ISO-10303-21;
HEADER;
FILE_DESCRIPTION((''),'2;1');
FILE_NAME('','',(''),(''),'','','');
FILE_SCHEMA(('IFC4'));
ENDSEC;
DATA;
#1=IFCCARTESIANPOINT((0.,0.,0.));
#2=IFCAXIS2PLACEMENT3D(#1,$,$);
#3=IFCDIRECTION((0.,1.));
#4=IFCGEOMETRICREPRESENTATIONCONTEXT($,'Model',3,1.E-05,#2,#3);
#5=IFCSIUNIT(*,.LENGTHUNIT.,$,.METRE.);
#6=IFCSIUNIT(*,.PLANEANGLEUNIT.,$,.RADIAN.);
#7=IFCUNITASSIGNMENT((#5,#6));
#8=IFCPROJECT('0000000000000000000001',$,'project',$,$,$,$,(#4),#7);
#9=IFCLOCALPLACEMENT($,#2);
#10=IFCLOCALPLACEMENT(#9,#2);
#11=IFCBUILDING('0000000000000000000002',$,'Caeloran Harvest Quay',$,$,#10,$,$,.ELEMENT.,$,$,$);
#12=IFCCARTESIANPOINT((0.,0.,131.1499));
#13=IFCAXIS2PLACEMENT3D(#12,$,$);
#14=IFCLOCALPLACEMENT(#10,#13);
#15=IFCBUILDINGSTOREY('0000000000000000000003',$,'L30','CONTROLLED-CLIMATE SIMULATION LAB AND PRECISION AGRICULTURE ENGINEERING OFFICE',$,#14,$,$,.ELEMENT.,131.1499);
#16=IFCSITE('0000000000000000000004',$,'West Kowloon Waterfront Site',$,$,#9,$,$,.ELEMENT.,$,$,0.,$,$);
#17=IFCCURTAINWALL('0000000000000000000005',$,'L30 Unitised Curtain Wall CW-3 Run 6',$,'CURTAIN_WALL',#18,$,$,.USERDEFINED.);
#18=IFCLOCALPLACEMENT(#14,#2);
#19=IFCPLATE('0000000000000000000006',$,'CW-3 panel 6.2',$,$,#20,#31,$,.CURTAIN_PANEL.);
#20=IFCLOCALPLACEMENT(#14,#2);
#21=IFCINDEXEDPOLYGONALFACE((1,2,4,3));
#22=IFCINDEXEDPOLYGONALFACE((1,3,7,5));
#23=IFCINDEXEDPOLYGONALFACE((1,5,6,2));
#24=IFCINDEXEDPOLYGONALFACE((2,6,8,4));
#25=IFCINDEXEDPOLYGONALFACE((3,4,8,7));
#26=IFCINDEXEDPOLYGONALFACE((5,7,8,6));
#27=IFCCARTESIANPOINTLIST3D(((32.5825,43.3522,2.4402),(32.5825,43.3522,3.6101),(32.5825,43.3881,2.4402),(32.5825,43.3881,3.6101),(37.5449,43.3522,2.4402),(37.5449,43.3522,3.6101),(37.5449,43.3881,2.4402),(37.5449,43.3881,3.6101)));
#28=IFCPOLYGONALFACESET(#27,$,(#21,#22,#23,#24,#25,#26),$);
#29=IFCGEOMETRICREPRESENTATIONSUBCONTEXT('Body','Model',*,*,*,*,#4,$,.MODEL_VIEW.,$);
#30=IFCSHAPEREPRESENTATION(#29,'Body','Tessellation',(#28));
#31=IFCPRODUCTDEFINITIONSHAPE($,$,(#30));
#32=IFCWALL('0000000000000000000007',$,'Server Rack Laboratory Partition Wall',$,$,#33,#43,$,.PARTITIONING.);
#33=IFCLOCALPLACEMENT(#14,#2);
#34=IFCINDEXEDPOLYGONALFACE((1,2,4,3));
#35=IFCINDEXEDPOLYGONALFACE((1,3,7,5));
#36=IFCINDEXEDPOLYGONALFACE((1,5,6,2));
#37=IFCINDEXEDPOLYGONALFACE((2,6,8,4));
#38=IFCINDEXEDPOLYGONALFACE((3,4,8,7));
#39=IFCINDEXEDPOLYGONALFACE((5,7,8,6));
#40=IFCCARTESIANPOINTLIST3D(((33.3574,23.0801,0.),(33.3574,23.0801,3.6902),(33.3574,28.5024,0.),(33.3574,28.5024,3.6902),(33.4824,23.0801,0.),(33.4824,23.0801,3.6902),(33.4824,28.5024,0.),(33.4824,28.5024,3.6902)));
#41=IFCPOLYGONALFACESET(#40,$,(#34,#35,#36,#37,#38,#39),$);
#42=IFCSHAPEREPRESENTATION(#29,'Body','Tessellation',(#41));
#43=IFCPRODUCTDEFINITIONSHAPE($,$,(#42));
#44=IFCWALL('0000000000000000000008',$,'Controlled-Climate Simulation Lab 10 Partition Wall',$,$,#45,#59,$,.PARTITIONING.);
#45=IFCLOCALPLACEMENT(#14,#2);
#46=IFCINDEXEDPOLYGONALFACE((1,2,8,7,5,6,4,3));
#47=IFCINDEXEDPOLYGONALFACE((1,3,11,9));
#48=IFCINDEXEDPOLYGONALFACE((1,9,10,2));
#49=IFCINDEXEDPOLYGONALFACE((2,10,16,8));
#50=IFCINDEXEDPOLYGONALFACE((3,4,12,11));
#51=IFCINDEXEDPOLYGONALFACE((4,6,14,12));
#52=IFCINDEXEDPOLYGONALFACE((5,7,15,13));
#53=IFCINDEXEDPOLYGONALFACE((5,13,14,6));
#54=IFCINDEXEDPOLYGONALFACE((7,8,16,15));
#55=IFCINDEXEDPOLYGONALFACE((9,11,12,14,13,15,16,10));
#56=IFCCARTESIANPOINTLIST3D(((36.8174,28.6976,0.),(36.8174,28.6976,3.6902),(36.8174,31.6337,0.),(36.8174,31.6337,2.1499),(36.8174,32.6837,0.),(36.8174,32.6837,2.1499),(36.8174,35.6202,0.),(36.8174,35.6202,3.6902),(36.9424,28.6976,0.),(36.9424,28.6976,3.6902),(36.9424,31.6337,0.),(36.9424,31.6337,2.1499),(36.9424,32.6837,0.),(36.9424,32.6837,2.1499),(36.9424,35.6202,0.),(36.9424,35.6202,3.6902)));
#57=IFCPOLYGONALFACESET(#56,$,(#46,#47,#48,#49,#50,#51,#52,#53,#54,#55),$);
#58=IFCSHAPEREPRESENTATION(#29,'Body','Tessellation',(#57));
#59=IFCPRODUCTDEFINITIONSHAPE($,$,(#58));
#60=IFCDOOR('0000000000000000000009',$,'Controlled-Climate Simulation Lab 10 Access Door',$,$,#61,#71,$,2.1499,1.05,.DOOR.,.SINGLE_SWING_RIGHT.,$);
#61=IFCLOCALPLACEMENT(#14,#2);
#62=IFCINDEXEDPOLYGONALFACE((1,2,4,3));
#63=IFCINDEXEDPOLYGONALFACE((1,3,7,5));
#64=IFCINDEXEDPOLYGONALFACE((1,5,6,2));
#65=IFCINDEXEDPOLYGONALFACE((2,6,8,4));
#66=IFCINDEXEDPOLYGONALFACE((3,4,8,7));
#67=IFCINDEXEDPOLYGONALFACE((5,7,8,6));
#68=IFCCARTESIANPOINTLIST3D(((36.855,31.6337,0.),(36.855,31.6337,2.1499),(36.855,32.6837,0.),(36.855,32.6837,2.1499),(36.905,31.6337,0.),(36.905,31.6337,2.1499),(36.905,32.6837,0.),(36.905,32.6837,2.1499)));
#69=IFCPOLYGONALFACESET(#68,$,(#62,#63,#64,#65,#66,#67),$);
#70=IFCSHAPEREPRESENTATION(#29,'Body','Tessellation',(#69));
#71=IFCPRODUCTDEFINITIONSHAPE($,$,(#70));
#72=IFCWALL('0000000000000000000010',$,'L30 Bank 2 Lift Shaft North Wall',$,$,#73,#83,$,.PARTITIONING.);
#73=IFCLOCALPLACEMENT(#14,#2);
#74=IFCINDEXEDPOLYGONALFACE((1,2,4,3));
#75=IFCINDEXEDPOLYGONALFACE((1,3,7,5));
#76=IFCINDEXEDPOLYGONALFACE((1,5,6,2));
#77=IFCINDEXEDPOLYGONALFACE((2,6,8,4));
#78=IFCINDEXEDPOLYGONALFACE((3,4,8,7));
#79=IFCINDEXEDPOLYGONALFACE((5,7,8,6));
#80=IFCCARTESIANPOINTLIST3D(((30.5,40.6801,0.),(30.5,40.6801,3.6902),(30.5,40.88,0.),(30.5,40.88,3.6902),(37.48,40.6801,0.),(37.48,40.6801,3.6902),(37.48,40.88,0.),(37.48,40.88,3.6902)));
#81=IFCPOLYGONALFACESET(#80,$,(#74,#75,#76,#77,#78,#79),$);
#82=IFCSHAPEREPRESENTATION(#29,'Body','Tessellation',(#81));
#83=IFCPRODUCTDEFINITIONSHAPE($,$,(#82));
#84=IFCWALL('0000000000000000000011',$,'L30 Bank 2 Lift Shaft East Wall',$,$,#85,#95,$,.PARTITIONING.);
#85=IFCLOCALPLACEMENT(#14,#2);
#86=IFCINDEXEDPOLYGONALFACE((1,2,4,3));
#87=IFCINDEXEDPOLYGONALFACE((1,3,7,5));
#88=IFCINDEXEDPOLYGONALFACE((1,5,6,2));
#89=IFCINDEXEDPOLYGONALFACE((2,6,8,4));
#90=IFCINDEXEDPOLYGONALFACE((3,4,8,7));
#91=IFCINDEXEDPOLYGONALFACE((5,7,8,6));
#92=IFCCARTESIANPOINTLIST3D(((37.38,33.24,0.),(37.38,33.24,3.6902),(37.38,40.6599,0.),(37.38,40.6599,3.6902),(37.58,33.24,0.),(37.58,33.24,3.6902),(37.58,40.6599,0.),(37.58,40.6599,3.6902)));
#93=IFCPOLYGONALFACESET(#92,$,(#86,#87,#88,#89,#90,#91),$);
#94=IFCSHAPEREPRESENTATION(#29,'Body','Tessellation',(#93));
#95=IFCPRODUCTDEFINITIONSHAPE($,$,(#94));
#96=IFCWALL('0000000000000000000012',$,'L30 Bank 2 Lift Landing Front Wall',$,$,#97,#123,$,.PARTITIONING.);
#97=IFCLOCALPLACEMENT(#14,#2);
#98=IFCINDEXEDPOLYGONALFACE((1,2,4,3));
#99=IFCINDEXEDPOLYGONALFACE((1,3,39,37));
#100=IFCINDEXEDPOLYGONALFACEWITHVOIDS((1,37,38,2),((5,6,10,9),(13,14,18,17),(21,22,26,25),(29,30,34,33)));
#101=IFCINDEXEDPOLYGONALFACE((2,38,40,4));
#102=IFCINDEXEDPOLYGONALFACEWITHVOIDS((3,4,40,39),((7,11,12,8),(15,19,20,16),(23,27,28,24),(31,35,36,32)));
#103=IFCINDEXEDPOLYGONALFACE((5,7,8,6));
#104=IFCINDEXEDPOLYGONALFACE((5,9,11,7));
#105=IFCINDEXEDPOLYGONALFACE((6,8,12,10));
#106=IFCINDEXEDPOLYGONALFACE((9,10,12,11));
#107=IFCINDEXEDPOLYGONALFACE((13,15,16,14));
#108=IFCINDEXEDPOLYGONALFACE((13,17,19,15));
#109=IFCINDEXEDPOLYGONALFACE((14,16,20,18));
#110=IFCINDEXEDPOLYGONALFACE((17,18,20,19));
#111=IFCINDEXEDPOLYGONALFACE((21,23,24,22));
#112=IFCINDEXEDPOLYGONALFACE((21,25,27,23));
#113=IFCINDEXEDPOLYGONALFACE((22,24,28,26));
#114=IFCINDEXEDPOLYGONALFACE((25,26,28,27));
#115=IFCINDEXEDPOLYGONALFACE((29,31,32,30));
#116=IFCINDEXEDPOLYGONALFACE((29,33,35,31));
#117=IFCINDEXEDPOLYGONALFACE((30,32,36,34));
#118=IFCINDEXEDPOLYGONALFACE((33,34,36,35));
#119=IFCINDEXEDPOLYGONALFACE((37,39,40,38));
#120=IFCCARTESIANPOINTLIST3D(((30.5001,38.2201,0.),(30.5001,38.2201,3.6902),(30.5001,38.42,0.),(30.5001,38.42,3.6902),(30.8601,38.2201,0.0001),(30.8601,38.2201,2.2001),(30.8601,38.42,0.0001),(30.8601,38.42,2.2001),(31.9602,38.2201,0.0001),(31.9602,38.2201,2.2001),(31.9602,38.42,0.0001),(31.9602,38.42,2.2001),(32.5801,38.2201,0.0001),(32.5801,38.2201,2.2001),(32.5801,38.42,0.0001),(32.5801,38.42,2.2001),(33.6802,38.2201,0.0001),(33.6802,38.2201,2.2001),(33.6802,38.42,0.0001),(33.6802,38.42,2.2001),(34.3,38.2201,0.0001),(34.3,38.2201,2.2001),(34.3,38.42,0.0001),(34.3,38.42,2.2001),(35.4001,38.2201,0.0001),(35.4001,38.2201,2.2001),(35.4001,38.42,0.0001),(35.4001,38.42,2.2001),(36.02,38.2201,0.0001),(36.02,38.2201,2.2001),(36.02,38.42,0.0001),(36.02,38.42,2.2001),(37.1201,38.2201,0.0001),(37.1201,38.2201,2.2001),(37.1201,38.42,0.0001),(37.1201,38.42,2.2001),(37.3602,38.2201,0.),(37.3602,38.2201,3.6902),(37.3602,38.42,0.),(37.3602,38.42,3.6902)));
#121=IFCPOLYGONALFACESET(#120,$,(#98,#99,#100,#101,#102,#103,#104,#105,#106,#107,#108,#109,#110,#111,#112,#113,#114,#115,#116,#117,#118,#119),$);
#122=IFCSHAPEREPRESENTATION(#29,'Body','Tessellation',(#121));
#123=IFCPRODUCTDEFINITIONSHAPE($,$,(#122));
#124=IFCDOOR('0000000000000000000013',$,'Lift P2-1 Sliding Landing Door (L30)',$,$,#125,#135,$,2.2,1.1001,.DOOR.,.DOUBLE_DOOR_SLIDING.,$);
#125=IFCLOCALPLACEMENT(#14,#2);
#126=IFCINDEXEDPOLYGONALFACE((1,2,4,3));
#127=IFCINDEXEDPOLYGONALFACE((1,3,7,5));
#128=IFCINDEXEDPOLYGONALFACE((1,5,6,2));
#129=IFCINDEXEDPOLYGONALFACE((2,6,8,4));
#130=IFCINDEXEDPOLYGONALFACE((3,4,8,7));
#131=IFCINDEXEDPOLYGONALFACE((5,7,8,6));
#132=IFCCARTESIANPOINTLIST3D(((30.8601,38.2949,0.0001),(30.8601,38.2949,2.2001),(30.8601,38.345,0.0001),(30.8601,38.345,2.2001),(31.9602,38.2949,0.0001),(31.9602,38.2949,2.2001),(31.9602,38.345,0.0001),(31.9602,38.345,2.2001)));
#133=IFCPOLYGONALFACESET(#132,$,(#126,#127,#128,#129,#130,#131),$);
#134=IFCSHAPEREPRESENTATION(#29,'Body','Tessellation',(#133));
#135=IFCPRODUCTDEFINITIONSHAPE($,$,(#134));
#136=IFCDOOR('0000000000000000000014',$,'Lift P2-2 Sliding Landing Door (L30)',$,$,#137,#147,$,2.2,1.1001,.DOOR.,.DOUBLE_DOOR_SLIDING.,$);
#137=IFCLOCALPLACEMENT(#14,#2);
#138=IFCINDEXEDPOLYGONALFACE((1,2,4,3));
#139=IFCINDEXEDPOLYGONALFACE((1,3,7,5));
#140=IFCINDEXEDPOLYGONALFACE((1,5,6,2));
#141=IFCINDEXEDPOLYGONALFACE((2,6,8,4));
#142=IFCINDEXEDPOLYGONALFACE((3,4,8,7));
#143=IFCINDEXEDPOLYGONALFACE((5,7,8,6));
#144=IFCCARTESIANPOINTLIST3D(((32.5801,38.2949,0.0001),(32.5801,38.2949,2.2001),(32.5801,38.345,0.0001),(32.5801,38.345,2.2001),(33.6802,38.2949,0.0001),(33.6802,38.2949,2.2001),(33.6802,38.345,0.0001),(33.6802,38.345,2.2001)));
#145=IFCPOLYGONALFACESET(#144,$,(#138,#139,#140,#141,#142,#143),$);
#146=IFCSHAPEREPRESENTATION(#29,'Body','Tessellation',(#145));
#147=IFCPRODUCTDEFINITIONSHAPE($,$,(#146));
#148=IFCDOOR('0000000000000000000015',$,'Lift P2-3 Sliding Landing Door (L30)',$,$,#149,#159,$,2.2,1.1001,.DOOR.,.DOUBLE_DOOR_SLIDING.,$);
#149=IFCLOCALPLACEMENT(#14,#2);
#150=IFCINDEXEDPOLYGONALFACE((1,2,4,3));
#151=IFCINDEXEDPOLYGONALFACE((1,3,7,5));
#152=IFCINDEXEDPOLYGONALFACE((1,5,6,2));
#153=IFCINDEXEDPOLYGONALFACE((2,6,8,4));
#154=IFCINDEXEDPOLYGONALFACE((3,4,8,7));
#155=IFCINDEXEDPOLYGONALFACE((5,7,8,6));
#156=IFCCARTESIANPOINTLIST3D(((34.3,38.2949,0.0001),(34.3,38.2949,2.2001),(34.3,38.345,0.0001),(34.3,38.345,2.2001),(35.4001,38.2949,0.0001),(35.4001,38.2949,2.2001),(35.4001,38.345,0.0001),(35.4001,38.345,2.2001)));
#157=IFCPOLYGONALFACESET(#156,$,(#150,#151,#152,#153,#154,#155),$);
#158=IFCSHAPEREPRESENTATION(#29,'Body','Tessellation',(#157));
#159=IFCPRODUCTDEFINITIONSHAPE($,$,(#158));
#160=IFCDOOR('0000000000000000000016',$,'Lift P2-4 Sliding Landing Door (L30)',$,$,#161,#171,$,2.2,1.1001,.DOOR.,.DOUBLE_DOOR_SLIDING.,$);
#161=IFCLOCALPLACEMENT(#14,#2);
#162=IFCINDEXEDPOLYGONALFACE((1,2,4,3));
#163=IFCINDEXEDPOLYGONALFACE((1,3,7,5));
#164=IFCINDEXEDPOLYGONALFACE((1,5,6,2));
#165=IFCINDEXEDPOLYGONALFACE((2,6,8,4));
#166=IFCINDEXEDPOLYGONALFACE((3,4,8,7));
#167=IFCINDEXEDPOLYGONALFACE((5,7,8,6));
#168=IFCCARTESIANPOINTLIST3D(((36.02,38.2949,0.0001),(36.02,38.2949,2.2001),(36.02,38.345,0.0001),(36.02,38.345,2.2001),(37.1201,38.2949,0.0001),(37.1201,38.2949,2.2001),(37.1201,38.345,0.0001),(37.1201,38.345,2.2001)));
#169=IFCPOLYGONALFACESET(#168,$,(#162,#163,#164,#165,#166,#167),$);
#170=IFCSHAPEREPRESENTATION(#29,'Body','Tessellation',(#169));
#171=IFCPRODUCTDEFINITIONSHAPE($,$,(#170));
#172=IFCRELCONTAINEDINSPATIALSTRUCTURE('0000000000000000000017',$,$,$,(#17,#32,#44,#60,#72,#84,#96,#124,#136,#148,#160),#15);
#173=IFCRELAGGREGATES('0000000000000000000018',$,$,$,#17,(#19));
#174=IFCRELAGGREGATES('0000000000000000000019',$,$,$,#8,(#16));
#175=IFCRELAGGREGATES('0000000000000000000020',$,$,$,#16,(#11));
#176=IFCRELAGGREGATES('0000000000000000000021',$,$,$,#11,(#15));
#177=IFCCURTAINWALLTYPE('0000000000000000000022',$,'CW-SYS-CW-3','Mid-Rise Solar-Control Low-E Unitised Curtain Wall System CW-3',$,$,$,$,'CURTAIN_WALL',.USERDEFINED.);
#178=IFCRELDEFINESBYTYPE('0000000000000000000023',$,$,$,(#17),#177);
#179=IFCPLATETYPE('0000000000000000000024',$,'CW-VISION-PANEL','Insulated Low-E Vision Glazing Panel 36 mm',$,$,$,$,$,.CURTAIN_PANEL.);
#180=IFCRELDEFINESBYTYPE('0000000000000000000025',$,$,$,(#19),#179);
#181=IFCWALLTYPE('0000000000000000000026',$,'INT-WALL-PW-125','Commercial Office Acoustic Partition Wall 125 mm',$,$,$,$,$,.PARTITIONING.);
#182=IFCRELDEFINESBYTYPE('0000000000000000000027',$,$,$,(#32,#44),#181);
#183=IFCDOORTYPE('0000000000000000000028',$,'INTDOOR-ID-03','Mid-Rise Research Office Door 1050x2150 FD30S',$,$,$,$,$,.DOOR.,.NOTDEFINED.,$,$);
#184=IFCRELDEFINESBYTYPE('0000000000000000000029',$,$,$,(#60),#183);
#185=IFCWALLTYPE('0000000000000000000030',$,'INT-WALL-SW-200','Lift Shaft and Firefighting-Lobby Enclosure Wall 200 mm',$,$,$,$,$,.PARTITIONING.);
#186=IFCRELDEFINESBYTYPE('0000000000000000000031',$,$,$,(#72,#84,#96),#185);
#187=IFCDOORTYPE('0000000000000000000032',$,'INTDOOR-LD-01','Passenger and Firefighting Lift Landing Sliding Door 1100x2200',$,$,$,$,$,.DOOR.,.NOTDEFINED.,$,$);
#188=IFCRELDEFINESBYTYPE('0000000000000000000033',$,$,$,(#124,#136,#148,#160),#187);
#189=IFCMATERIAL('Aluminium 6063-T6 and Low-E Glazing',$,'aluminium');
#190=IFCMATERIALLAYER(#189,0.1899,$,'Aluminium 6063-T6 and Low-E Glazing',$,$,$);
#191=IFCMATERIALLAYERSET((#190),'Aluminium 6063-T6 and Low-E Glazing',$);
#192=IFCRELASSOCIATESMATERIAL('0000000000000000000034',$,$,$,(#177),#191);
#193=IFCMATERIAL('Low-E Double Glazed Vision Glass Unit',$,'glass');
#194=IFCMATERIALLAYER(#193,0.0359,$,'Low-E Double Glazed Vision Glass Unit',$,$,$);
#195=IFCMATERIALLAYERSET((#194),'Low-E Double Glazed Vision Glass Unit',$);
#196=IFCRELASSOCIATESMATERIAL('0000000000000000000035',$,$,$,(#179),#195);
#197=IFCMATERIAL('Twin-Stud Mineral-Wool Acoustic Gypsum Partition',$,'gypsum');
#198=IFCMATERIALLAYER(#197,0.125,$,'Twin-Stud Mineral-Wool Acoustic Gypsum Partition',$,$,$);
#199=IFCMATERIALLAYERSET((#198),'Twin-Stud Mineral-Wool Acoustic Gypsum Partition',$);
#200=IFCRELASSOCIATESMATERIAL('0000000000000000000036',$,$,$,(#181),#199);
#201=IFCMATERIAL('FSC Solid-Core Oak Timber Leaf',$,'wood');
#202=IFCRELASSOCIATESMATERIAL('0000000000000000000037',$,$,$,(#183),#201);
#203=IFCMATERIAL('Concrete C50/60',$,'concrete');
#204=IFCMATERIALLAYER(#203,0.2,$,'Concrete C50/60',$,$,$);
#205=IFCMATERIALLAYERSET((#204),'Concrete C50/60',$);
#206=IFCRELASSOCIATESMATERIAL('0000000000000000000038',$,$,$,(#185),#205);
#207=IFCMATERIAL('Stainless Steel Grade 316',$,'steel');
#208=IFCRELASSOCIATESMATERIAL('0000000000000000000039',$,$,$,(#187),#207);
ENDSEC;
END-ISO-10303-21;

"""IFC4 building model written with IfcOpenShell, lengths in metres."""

from ifc_helpers import new_model, si_unit, direction, frame, frame_2d, origin, origin_2d, place, context, subcontext, project, spatial, rectangle, extrude, material, layer, layer_set, type_object, element, fill, aggregate, save


model = new_model("IFC4")

# Units and contexts
model_context = context("Model", 3, precision=1e-05, world=origin(), true_north=direction((0.0, 1.0)))
body_context = subcontext(model_context, "Body", "Model", "MODEL_VIEW")
ifc_project = project(units=[si_unit("LENGTHUNIT", "METRE"), si_unit("PLANEANGLEUNIT", "RADIAN")], contexts=[model_context])

# Site, building, storey
site_placement = place(None, origin())
site = spatial("IfcSite", under=ifc_project, at=site_placement, Name="West Kowloon Waterfront Site", CompositionType="ELEMENT", RefElevation=0.0)
building_placement = place(site_placement, origin())
building = spatial("IfcBuilding", under=site, at=building_placement, Name="Caeloran Harvest Quay", CompositionType="ELEMENT")
storey_placement = place(building_placement, frame((0.0, 0.0, 131.1499)))
storey = spatial("IfcBuildingStorey", under=building, at=storey_placement, Name="L30", Description="CONTROLLED-CLIMATE SIMULATION LAB AND PRECISION AGRICULTURE ENGINEERING OFFICE", CompositionType="ELEMENT", Elevation=131.1499)

# Curtain wall, plate
ifc_material_1 = material(Name="Aluminium 6063-T6 and Low-E Glazing", Category="aluminium")
ifc_layer_1 = layer(ifc_material_1, 0.1899, Name="Aluminium 6063-T6 and Low-E Glazing")
ifc_layer_set_1 = layer_set([ifc_layer_1], Name="Aluminium 6063-T6 and Low-E Glazing")
curtain_wall_type = type_object("IfcCurtainWallType", Name="CW-SYS-CW-3", Description="Mid-Rise Solar-Control Low-E Unitised Curtain Wall System CW-3", ElementType="CURTAIN_WALL", PredefinedType="USERDEFINED", material=ifc_layer_set_1)
curtain_wall_placement = place(storey_placement, origin())
curtain_wall = element("IfcCurtainWall", 1, at=curtain_wall_placement, inside=storey, type_object=curtain_wall_type, Name="L30 Unitised Curtain Wall CW-3 Run 6", ObjectType="CURTAIN_WALL", PredefinedType="USERDEFINED")
ifc_material_2 = material(Name="Low-E Double Glazed Vision Glass Unit", Category="glass")
ifc_layer_2 = layer(ifc_material_2, 0.0359, Name="Low-E Double Glazed Vision Glass Unit")
ifc_layer_set_2 = layer_set([ifc_layer_2], Name="Low-E Double Glazed Vision Glass Unit")
plate_type = type_object("IfcPlateType", Name="CW-VISION-PANEL", Description="Insulated Low-E Vision Glazing Panel 36 mm", PredefinedType="CURTAIN_PANEL", material=ifc_layer_set_2)
plate_1_placement = place(storey_placement, frame((35.0637, 43.3701, 2.4402), z_axis=(0.0, 0.0, 1.0), x_axis=(1.0, 0.0, 0.0)))
plate_1 = element("IfcPlate", 2, at=plate_1_placement, type_object=plate_type, Name="CW-3 panel 6.2", PredefinedType="CURTAIN_PANEL", context=body_context, shape_type="SweptSolid", body=[
    extrude(rectangle(XDim=4.9624, YDim=0.0359, at=origin_2d()), origin(), (0.0, 0.0, 1.0), 1.1699),
])
aggregate(curtain_wall, [plate_1])

# Wall
ifc_material_3 = material(Name="Twin-Stud Mineral-Wool Acoustic Gypsum Partition", Category="gypsum")
ifc_layer_3 = layer(ifc_material_3, 0.125, Name="Twin-Stud Mineral-Wool Acoustic Gypsum Partition")
ifc_layer_set_3 = layer_set([ifc_layer_3], Name="Twin-Stud Mineral-Wool Acoustic Gypsum Partition")
wall_type_1 = type_object("IfcWallType", Name="INT-WALL-PW-125", Description="Commercial Office Acoustic Partition Wall 125 mm", PredefinedType="PARTITIONING", material=ifc_layer_set_3)
wall_1_placement = place(storey_placement, frame((33.4199, 28.5024, 0.0), z_axis=(0.0, 0.0, 1.0), x_axis=(0.0, -1.0, 0.0)))
element("IfcWall", 3, at=wall_1_placement, inside=storey, type_object=wall_type_1, Name="Server Rack Laboratory Partition Wall", PredefinedType="PARTITIONING", context=body_context, shape_type="SweptSolid", body=[
    extrude(rectangle(XDim=5.4224, YDim=0.125, at=frame_2d((2.7112, 0.0))), origin(), (0.0, 0.0, 1.0), 3.6902),
])

# Wall, opening, door
wall_2_placement = place(storey_placement, frame((36.8799, 28.6975, 0.0), z_axis=(0.0, 0.0, 1.0), x_axis=(0.0, 1.0, 0.0)))
wall_2 = element("IfcWall", 4, at=wall_2_placement, inside=storey, type_object=wall_type_1, Name="Controlled-Climate Simulation Lab 10 Partition Wall", PredefinedType="PARTITIONING", context=body_context, shape_type="SweptSolid", body=[
    extrude(rectangle(XDim=6.9226, YDim=0.125, at=frame_2d((3.4614, 0.0))), origin(), (0.0, 0.0, 1.0), 3.6902),
])
opening_1_placement = place(wall_2_placement, frame((2.9363, 0.0, 0.0)))
opening_1 = element("IfcOpeningElement", 5, at=opening_1_placement, cuts=wall_2, PredefinedType="OPENING", context=body_context, shape_type="SweptSolid", body=[
    extrude(rectangle(XDim=1.05, YDim=2.1499, at=frame_2d((0.5249, 1.075))), frame((0.0, 0.0725, 0.0), z_axis=(0.0, -1.0, 0.0), x_axis=(1.0, 0.0, 0.0)), (0.0, 0.0, 1.0), 0.145),
])
ifc_material_4 = material(Name="FSC Solid-Core Oak Timber Leaf", Category="wood")
door_type_1 = type_object("IfcDoorType", Name="INTDOOR-ID-03", Description="Mid-Rise Research Office Door 1050x2150 FD30S", OperationType="NOTDEFINED", PredefinedType="DOOR", material=ifc_material_4)
door_1_placement = place(opening_1_placement, origin())
door_1 = element("IfcDoor", 6, at=door_1_placement, inside=storey, type_object=door_type_1, Name="Controlled-Climate Simulation Lab 10 Access Door", OperationType="SINGLE_SWING_RIGHT", OverallHeight=2.1499, OverallWidth=1.05, PredefinedType="DOOR", context=body_context, shape_type="SweptSolid", body=[
    extrude(rectangle(XDim=1.05, YDim=2.1499, at=frame_2d((0.5249, 1.075))), frame((0.0, 0.0249, 0.0), z_axis=(0.0, -1.0, 0.0), x_axis=(1.0, 0.0, 0.0)), (0.0, 0.0, 1.0), 0.05),
])
fill(opening_1, door_1)

# Walls
ifc_material_5 = material(Name="Concrete C50/60", Category="concrete")
ifc_layer_4 = layer(ifc_material_5, 0.2, Name="Concrete C50/60")
ifc_layer_set_4 = layer_set([ifc_layer_4], Name="Concrete C50/60")
wall_type_2 = type_object("IfcWallType", Name="INT-WALL-SW-200", Description="Lift Shaft and Firefighting-Lobby Enclosure Wall 200 mm", PredefinedType="PARTITIONING", material=ifc_layer_set_4)
wall_3_placement = place(storey_placement, frame((30.5, 40.78, 0.0), z_axis=(0.0, 0.0, 1.0), x_axis=(1.0, 0.0, 0.0)))
element("IfcWall", 7, at=wall_3_placement, inside=storey, type_object=wall_type_2, Name="L30 Bank 2 Lift Shaft North Wall", PredefinedType="PARTITIONING", context=body_context, shape_type="SweptSolid", body=[
    extrude(rectangle(XDim=6.98, YDim=0.2, at=frame_2d((3.49, 0.0))), origin(), (0.0, 0.0, 1.0), 3.6902),
])
wall_4_placement = place(storey_placement, frame((37.48, 33.24, 0.0), z_axis=(0.0, 0.0, 1.0), x_axis=(0.0, 1.0, 0.0)))
element("IfcWall", 8, at=wall_4_placement, inside=storey, type_object=wall_type_2, Name="L30 Bank 2 Lift Shaft East Wall", PredefinedType="PARTITIONING", context=body_context, shape_type="SweptSolid", body=[
    extrude(rectangle(XDim=7.4199, YDim=0.2, at=frame_2d((3.71, 0.0))), origin(), (0.0, 0.0, 1.0), 3.6902),
])

# Wall, openings, doors
wall_5_placement = place(storey_placement, frame((30.5, 38.3201, 0.0), z_axis=(0.0, 0.0, 1.0), x_axis=(1.0, 0.0, 0.0)))
wall_5 = element("IfcWall", 9, at=wall_5_placement, inside=storey, type_object=wall_type_2, Name="L30 Bank 2 Lift Landing Front Wall", PredefinedType="PARTITIONING", context=body_context, shape_type="SweptSolid", body=[
    extrude(rectangle(XDim=6.8601, YDim=0.2, at=frame_2d((3.4302, 0.0))), origin(), (0.0, 0.0, 1.0), 3.6902),
])
opening_2_placement = place(wall_5_placement, frame((0.3601, 0.0, 0.0)))
opening_2 = element("IfcOpeningElement", 10, at=opening_2_placement, cuts=wall_5, PredefinedType="OPENING", context=body_context, shape_type="SweptSolid", body=[
    extrude(rectangle(XDim=1.1001, YDim=2.2, at=frame_2d((0.55, 1.1001))), frame((0.0, 0.1099, 0.0), z_axis=(0.0, -1.0, 0.0), x_axis=(1.0, 0.0, 0.0)), (0.0, 0.0, 1.0), 0.22),
])
opening_3_placement = place(wall_5_placement, frame((2.0801, 0.0, 0.0)))
opening_3 = element("IfcOpeningElement", 11, at=opening_3_placement, cuts=wall_5, PredefinedType="OPENING", context=body_context, shape_type="SweptSolid", body=[
    extrude(rectangle(XDim=1.1001, YDim=2.2, at=frame_2d((0.55, 1.1001))), frame((0.0, 0.1099, 0.0), z_axis=(0.0, -1.0, 0.0), x_axis=(1.0, 0.0, 0.0)), (0.0, 0.0, 1.0), 0.22),
])
opening_4_placement = place(wall_5_placement, frame((3.8, 0.0, 0.0)))
opening_4 = element("IfcOpeningElement", 12, at=opening_4_placement, cuts=wall_5, PredefinedType="OPENING", context=body_context, shape_type="SweptSolid", body=[
    extrude(rectangle(XDim=1.1001, YDim=2.2, at=frame_2d((0.55, 1.1001))), frame((0.0, 0.1099, 0.0), z_axis=(0.0, -1.0, 0.0), x_axis=(1.0, 0.0, 0.0)), (0.0, 0.0, 1.0), 0.22),
])
opening_5_placement = place(wall_5_placement, frame((5.52, 0.0, 0.0)))
opening_5 = element("IfcOpeningElement", 13, at=opening_5_placement, cuts=wall_5, PredefinedType="OPENING", context=body_context, shape_type="SweptSolid", body=[
    extrude(rectangle(XDim=1.1001, YDim=2.2, at=frame_2d((0.55, 1.1001))), frame((0.0, 0.1099, 0.0), z_axis=(0.0, -1.0, 0.0), x_axis=(1.0, 0.0, 0.0)), (0.0, 0.0, 1.0), 0.22),
])
ifc_material_6 = material(Name="Stainless Steel Grade 316", Category="steel")
door_type_2 = type_object("IfcDoorType", Name="INTDOOR-LD-01", Description="Passenger and Firefighting Lift Landing Sliding Door 1100x2200", OperationType="NOTDEFINED", PredefinedType="DOOR", material=ifc_material_6)
door_2_placement = place(opening_2_placement, origin())
door_2 = element("IfcDoor", 14, at=door_2_placement, inside=storey, type_object=door_type_2, Name="Lift P2-1 Sliding Landing Door (L30)", OperationType="DOUBLE_DOOR_SLIDING", OverallHeight=2.2, OverallWidth=1.1001, PredefinedType="DOOR", context=body_context, shape_type="SweptSolid", body=[
    extrude(rectangle(XDim=1.1001, YDim=2.2, at=frame_2d((0.55, 1.1001))), frame((0.0, 0.0249, 0.0), z_axis=(0.0, -1.0, 0.0), x_axis=(1.0, 0.0, 0.0)), (0.0, 0.0, 1.0), 0.05),
])
fill(opening_2, door_2)
door_3_placement = place(opening_3_placement, origin())
door_3 = element("IfcDoor", 15, at=door_3_placement, inside=storey, type_object=door_type_2, Name="Lift P2-2 Sliding Landing Door (L30)", OperationType="DOUBLE_DOOR_SLIDING", OverallHeight=2.2, OverallWidth=1.1001, PredefinedType="DOOR", context=body_context, shape_type="SweptSolid", body=[
    extrude(rectangle(XDim=1.1001, YDim=2.2, at=frame_2d((0.55, 1.1001))), frame((0.0, 0.0249, 0.0), z_axis=(0.0, -1.0, 0.0), x_axis=(1.0, 0.0, 0.0)), (0.0, 0.0, 1.0), 0.05),
])
fill(opening_3, door_3)
door_4_placement = place(opening_4_placement, origin())
door_4 = element("IfcDoor", 16, at=door_4_placement, inside=storey, type_object=door_type_2, Name="Lift P2-3 Sliding Landing Door (L30)", OperationType="DOUBLE_DOOR_SLIDING", OverallHeight=2.2, OverallWidth=1.1001, PredefinedType="DOOR", context=body_context, shape_type="SweptSolid", body=[
    extrude(rectangle(XDim=1.1001, YDim=2.2, at=frame_2d((0.55, 1.1001))), frame((0.0, 0.0249, 0.0), z_axis=(0.0, -1.0, 0.0), x_axis=(1.0, 0.0, 0.0)), (0.0, 0.0, 1.0), 0.05),
])
fill(opening_4, door_4)
door_5_placement = place(opening_5_placement, origin())
door_5 = element("IfcDoor", 17, at=door_5_placement, inside=storey, type_object=door_type_2, Name="Lift P2-4 Sliding Landing Door (L30)", OperationType="DOUBLE_DOOR_SLIDING", OverallHeight=2.2, OverallWidth=1.1001, PredefinedType="DOOR", context=body_context, shape_type="SweptSolid", body=[
    extrude(rectangle(XDim=1.1001, YDim=2.2, at=frame_2d((0.55, 1.1001))), frame((0.0, 0.0249, 0.0), z_axis=(0.0, -1.0, 0.0), x_axis=(1.0, 0.0, 0.0)), (0.0, 0.0, 1.0), 0.05),
])
fill(opening_5, door_5)

save(model, "model.ifc")
